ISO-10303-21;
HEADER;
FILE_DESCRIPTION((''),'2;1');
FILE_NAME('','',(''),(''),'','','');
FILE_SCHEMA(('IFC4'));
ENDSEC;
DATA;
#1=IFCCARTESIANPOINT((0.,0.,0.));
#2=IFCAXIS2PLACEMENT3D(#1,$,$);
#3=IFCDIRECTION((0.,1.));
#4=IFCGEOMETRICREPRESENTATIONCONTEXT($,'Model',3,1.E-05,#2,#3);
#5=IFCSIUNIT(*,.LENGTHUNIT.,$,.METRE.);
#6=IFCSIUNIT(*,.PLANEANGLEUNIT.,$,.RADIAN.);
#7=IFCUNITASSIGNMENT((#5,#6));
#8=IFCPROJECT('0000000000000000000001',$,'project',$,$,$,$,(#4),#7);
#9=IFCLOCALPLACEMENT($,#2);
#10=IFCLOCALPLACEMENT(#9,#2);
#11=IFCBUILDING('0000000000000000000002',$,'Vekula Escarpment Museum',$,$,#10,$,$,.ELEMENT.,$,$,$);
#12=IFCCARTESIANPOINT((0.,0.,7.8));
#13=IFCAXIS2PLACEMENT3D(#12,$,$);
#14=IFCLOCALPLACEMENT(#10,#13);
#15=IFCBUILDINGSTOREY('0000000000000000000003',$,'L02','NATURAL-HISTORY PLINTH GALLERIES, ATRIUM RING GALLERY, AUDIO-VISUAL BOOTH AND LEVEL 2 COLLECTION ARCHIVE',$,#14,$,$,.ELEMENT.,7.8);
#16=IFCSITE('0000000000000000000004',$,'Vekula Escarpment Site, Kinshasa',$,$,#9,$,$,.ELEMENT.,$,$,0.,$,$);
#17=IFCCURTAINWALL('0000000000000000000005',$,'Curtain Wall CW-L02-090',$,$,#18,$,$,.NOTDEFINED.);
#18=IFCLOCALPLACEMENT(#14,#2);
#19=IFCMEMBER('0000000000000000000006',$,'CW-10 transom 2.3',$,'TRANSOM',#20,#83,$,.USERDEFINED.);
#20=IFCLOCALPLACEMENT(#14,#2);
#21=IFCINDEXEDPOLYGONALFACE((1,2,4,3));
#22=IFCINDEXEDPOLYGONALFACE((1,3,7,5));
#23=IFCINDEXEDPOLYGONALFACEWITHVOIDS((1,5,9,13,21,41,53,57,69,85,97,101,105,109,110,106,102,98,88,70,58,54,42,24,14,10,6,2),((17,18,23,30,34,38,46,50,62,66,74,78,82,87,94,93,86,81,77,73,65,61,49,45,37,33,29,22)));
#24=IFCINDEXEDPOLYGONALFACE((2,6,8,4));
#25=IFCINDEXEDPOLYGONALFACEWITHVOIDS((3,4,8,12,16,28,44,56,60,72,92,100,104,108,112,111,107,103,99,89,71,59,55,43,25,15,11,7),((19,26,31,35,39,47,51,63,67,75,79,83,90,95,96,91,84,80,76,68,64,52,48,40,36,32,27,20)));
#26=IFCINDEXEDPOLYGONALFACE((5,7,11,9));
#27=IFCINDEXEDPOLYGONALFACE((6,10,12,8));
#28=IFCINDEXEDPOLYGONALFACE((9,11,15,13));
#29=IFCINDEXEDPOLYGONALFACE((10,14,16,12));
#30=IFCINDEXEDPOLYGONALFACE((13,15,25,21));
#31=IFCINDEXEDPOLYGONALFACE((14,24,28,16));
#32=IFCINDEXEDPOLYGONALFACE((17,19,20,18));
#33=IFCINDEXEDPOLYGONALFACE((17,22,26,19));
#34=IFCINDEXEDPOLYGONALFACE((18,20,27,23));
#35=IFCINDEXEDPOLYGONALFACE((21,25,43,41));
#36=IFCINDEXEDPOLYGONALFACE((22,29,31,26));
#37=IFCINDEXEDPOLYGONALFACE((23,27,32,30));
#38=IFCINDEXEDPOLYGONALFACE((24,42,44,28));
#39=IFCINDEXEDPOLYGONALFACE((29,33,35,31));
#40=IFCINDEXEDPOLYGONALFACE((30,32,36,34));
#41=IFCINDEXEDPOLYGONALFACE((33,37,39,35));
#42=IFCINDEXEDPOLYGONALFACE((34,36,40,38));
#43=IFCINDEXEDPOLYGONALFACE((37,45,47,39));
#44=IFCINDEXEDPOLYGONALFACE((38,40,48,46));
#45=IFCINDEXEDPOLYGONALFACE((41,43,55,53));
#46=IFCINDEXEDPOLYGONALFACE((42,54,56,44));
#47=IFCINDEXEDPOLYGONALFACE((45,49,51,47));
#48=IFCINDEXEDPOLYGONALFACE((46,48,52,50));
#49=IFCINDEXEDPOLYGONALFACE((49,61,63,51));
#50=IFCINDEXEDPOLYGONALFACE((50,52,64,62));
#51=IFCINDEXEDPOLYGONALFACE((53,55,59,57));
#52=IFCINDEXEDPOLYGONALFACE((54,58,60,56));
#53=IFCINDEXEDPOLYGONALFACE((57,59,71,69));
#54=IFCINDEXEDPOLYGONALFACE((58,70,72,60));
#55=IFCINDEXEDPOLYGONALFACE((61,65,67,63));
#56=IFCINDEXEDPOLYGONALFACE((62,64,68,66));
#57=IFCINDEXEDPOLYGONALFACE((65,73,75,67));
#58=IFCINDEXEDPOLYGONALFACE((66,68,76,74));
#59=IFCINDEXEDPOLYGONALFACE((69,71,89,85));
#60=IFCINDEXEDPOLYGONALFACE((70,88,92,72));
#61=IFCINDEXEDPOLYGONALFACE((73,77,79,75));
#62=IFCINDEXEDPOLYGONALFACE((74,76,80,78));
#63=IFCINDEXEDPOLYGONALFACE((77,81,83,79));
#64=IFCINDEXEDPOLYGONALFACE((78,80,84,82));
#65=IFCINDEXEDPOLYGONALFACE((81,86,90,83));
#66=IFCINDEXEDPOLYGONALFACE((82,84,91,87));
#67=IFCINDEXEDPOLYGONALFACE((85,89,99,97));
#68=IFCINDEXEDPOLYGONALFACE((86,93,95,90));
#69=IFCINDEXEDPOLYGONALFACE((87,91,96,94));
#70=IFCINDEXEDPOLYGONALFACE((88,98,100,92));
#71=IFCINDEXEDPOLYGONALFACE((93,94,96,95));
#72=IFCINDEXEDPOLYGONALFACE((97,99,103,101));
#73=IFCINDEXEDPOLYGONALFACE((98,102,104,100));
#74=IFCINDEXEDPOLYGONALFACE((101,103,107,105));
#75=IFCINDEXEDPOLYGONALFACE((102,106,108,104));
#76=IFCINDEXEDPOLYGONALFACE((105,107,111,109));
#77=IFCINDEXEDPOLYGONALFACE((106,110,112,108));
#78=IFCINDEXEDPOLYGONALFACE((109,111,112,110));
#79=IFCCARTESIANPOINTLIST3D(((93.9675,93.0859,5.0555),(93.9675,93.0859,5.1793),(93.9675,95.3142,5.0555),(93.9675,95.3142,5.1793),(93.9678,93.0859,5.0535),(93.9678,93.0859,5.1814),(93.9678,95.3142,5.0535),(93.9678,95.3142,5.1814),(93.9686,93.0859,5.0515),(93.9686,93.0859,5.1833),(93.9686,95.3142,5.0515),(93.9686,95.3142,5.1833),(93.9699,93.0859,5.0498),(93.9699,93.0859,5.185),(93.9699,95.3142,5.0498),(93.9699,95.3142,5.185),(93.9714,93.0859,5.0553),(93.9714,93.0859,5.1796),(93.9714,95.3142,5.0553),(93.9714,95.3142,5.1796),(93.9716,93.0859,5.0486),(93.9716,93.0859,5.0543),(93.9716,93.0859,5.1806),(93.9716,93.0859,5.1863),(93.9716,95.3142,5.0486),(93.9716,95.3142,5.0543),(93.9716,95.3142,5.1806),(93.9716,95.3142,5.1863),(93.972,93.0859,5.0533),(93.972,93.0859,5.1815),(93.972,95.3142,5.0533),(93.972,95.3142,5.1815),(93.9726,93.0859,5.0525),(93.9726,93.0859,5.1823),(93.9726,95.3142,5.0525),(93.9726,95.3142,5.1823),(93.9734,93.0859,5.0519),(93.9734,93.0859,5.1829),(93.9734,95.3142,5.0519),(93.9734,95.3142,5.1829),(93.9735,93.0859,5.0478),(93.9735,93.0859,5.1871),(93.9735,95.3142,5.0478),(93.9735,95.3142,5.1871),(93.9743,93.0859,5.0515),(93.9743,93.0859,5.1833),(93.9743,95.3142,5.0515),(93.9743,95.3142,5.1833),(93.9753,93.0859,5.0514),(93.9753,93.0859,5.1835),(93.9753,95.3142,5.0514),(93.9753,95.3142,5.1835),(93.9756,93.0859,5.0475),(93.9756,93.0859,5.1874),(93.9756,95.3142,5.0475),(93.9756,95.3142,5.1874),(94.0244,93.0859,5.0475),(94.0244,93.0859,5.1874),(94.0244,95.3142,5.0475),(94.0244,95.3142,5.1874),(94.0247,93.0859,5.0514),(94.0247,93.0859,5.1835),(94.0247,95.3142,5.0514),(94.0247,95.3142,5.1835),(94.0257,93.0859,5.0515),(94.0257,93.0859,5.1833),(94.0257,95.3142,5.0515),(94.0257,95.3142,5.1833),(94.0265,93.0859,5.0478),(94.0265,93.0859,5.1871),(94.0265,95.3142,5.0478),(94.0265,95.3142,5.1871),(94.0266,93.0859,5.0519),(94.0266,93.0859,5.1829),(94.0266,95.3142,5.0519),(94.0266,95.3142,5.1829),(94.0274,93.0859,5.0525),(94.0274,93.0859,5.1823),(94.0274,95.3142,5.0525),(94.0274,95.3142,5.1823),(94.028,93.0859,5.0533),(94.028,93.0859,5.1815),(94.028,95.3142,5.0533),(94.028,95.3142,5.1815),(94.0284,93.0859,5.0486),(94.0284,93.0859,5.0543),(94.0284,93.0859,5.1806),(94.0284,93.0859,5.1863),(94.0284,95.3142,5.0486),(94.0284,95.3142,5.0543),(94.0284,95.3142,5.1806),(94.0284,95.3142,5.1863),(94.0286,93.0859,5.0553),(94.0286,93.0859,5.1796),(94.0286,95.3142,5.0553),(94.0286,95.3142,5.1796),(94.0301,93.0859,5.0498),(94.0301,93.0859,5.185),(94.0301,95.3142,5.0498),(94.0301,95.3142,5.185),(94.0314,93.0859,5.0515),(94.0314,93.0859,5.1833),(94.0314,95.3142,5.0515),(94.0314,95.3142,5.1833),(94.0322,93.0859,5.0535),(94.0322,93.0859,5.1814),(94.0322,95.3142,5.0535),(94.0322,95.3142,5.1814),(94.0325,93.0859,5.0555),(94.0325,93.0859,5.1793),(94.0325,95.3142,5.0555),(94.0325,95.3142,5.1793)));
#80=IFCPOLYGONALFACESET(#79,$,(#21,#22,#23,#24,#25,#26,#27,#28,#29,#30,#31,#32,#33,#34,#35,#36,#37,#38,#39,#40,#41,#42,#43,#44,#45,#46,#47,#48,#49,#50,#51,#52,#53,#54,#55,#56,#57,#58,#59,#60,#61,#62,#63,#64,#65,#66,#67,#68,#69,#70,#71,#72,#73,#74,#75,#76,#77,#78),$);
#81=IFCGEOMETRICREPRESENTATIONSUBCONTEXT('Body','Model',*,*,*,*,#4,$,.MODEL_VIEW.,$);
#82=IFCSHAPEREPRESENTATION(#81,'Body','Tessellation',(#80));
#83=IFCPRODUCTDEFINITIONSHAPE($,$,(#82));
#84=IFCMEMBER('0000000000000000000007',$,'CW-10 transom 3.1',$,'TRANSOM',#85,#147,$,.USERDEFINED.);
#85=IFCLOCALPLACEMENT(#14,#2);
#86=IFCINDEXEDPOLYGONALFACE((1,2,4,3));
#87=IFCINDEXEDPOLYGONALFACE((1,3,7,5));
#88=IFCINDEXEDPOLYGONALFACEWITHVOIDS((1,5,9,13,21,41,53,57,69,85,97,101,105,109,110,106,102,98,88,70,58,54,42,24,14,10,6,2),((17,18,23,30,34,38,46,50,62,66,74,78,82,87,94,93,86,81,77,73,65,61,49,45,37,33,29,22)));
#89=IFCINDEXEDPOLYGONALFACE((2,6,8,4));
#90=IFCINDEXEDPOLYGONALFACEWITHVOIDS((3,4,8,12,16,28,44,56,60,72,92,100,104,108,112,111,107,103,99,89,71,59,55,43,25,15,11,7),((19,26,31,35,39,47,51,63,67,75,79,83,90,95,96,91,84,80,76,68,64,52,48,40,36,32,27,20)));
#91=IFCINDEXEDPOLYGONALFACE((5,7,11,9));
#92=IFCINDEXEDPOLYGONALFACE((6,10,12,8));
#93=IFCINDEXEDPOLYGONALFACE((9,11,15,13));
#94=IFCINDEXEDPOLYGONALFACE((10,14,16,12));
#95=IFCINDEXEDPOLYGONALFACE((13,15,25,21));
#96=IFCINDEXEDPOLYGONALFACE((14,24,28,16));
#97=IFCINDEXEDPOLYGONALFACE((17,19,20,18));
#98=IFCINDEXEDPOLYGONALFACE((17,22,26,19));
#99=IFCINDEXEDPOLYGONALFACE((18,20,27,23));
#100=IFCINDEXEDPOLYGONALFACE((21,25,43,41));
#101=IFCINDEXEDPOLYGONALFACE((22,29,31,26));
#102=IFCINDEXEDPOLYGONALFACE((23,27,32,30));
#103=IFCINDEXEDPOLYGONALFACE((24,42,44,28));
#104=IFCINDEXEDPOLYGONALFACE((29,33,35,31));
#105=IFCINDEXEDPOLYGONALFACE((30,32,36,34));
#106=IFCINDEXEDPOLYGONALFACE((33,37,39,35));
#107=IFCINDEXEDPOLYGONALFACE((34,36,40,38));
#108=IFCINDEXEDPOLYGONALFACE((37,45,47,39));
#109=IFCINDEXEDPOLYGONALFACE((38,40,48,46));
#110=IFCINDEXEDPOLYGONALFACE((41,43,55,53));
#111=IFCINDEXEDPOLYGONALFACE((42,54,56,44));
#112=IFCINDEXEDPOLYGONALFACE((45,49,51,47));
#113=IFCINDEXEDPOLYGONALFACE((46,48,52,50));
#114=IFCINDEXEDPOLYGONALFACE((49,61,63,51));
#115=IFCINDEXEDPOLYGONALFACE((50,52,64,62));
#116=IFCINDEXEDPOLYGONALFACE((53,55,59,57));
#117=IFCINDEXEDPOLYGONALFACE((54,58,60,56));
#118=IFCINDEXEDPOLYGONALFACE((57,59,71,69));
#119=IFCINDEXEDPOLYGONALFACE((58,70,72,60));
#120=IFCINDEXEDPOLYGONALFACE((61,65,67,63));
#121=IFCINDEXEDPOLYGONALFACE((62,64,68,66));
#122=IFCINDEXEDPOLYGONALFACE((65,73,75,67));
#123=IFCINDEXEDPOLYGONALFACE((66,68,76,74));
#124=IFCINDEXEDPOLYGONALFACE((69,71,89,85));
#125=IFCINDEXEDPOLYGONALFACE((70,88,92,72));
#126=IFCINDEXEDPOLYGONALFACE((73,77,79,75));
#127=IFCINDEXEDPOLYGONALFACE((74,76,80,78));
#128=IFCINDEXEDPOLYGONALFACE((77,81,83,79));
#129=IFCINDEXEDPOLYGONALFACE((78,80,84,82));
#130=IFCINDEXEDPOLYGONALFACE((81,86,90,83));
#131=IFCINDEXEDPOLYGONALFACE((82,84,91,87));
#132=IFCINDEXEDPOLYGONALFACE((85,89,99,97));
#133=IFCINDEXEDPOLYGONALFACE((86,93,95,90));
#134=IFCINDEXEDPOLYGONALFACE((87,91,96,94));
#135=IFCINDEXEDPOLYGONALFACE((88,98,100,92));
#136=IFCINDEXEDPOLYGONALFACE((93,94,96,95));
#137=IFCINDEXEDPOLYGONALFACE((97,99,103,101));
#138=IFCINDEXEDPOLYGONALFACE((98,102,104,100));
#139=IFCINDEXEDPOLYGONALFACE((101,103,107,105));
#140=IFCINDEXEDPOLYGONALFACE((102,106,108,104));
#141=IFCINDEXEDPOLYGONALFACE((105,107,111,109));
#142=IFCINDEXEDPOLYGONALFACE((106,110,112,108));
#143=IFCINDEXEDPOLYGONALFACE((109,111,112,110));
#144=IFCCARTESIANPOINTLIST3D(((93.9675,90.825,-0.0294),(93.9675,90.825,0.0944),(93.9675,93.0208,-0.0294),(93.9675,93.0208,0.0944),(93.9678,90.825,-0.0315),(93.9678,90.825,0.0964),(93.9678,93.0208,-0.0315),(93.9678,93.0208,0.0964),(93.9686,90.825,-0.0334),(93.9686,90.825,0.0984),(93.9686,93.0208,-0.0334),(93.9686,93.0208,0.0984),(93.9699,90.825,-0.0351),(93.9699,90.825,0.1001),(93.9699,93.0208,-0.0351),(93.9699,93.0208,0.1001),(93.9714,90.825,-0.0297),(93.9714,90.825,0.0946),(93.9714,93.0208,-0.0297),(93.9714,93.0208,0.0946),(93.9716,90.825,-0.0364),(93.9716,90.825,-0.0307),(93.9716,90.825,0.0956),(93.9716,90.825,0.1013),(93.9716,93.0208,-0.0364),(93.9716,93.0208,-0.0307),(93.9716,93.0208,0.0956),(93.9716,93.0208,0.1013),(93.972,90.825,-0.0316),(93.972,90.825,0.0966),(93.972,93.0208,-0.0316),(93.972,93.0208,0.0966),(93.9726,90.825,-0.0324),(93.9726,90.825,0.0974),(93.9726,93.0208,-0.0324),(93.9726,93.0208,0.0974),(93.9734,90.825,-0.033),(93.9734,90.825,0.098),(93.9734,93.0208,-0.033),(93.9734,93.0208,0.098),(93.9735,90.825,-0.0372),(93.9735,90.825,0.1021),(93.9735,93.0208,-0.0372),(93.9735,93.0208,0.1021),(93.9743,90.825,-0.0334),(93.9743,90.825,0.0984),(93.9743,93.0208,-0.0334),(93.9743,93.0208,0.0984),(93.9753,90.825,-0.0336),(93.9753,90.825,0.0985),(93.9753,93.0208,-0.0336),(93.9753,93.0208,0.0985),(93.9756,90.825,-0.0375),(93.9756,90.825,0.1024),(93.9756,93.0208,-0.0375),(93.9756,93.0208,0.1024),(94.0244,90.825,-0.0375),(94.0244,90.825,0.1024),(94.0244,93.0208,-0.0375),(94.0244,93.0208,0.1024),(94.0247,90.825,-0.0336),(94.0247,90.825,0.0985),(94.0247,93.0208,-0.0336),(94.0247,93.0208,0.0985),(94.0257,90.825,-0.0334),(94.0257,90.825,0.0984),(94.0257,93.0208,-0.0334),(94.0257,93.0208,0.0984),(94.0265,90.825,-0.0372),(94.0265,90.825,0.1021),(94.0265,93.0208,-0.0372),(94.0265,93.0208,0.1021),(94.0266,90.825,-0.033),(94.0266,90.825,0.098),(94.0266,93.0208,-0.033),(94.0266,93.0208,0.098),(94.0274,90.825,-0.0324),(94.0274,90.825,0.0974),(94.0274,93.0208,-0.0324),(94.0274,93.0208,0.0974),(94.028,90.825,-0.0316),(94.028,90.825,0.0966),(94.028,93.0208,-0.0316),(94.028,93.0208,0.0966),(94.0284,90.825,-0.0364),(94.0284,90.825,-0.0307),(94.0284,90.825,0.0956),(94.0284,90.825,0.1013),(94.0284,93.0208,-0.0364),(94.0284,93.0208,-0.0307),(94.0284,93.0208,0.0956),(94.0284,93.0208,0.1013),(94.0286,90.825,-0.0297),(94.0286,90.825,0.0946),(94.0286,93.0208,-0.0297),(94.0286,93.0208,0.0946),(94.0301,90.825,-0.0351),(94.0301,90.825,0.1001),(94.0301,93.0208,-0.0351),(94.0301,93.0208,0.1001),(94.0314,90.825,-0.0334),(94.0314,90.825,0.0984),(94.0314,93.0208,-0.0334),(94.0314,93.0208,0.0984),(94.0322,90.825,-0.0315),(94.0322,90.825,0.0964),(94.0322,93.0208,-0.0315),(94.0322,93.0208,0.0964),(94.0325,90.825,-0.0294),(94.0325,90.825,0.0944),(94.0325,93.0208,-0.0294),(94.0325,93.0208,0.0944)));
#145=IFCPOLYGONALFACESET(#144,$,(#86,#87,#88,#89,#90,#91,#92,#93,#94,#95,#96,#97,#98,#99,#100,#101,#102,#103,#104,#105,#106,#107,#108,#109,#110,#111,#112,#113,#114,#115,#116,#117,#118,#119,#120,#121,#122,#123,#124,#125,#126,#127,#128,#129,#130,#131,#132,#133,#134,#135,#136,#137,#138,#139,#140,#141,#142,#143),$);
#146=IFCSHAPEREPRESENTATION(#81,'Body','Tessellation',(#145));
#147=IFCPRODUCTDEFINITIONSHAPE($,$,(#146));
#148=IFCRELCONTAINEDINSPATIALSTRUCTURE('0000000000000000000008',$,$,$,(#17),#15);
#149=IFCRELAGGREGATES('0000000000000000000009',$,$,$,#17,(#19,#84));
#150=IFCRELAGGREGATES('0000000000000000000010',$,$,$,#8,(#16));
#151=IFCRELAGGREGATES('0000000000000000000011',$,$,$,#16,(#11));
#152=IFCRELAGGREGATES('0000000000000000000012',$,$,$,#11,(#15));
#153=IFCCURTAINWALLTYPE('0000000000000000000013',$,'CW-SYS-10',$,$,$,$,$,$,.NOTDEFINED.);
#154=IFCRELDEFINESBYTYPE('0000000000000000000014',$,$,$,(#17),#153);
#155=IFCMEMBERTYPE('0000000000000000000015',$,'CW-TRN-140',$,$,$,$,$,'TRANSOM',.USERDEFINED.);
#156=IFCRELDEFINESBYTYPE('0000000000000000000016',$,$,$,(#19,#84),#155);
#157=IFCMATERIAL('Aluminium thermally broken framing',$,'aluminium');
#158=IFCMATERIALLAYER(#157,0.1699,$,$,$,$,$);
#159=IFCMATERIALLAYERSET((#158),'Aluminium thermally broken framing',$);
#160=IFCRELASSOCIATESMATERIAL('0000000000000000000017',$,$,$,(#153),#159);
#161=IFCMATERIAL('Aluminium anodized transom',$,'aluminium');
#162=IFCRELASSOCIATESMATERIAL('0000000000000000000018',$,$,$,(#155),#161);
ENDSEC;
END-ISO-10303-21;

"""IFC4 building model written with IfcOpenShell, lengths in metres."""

from ifc_helpers import new_model, si_unit, direction, frame, origin, origin_2d, place, context, subcontext, project, spatial, hollow_rectangle, extrude, material, layer, layer_set, material_profile, profile_set, type_object, element, aggregate, save


model = new_model("IFC4")

# Units and contexts
model_context = context("Model", 3, precision=1e-05, world=origin(), true_north=direction((0.0, 1.0)))
body_context = subcontext(model_context, "Body", "Model", "MODEL_VIEW")
ifc_project = project(units=[si_unit("LENGTHUNIT", "METRE"), si_unit("PLANEANGLEUNIT", "RADIAN")], contexts=[model_context])

# Site, building, storey
site_placement = place(None, origin())
site = spatial("IfcSite", under=ifc_project, at=site_placement, Name="Vekula Escarpment Site, Kinshasa", CompositionType="ELEMENT", RefElevation=0.0)
building_placement = place(site_placement, origin())
building = spatial("IfcBuilding", under=site, at=building_placement, Name="Vekula Escarpment Museum", CompositionType="ELEMENT")
storey_placement = place(building_placement, frame((0.0, 0.0, 7.8)))
storey = spatial("IfcBuildingStorey", under=building, at=storey_placement, Name="L02", Description="NATURAL-HISTORY PLINTH GALLERIES, ATRIUM RING GALLERY, AUDIO-VISUAL BOOTH AND LEVEL 2 COLLECTION ARCHIVE", CompositionType="ELEMENT", Elevation=7.8)

# Curtain wall, members
ifc_material_1 = material(Name="Aluminium thermally broken framing", Category="aluminium")
ifc_layer_1 = layer(ifc_material_1, 0.1699)
ifc_layer_set_1 = layer_set([ifc_layer_1], Name="Aluminium thermally broken framing")
curtain_wall_type = type_object("IfcCurtainWallType", Name="CW-SYS-10", PredefinedType="NOTDEFINED", material=ifc_layer_set_1)
curtain_wall_placement = place(storey_placement, origin())
curtain_wall = element("IfcCurtainWall", 1, at=curtain_wall_placement, inside=storey, type_object=curtain_wall_type, Name="Curtain Wall CW-L02-090", PredefinedType="NOTDEFINED")
ifc_material_2 = material(Name="Aluminium anodized transom", Category="aluminium")
ifc_material_profile_1 = material_profile(ifc_material_2, hollow_rectangle(XDim=0.0649, YDim=0.1399, WallThickness=0.0039, InnerFilletRadius=0.0039, OuterFilletRadius=0.0081, at=origin_2d()), Name="ALU 140x65x4")
ifc_profile_set_1 = profile_set([ifc_material_profile_1], Name="Aluminium anodized transom")
member_type_1 = type_object("IfcMemberType", Name="CW-TRN-140", ElementType="TRANSOM", PredefinedType="USERDEFINED", material=ifc_profile_set_1)
member_1_placement = place(storey_placement, frame((94.0, 95.3142, 5.1174), z_axis=(0.0, -1.0, 0.0), x_axis=(1.0, 0.0, 0.0)))
member_1 = element("IfcMember", 2, at=member_1_placement, type_object=member_type_1, Name="CW-10 transom 2.3", ObjectType="TRANSOM", PredefinedType="USERDEFINED", context=body_context, shape_type="SweptSolid", body=[
    extrude(hollow_rectangle(XDim=0.0649, YDim=0.1399, WallThickness=0.0039, InnerFilletRadius=0.0039, OuterFilletRadius=0.0081, at=origin_2d()), origin(), (0.0, 0.0, 1.0), 2.2283),
])
member_2_placement = place(storey_placement, frame((94.0, 93.0208, 0.0325), z_axis=(0.0, -1.0, 0.0), x_axis=(1.0, 0.0, 0.0)))
member_2 = element("IfcMember", 3, at=member_2_placement, type_object=member_type_1, Name="CW-10 transom 3.1", ObjectType="TRANSOM", PredefinedType="USERDEFINED", context=body_context, shape_type="SweptSolid", body=[
    extrude(hollow_rectangle(XDim=0.0649, YDim=0.1399, WallThickness=0.0039, InnerFilletRadius=0.0039, OuterFilletRadius=0.0081, at=origin_2d()), origin(), (0.0, 0.0, 1.0), 2.1958),
])

aggregate(curtain_wall, [member_1, member_2])

save(model, "model.ifc")
